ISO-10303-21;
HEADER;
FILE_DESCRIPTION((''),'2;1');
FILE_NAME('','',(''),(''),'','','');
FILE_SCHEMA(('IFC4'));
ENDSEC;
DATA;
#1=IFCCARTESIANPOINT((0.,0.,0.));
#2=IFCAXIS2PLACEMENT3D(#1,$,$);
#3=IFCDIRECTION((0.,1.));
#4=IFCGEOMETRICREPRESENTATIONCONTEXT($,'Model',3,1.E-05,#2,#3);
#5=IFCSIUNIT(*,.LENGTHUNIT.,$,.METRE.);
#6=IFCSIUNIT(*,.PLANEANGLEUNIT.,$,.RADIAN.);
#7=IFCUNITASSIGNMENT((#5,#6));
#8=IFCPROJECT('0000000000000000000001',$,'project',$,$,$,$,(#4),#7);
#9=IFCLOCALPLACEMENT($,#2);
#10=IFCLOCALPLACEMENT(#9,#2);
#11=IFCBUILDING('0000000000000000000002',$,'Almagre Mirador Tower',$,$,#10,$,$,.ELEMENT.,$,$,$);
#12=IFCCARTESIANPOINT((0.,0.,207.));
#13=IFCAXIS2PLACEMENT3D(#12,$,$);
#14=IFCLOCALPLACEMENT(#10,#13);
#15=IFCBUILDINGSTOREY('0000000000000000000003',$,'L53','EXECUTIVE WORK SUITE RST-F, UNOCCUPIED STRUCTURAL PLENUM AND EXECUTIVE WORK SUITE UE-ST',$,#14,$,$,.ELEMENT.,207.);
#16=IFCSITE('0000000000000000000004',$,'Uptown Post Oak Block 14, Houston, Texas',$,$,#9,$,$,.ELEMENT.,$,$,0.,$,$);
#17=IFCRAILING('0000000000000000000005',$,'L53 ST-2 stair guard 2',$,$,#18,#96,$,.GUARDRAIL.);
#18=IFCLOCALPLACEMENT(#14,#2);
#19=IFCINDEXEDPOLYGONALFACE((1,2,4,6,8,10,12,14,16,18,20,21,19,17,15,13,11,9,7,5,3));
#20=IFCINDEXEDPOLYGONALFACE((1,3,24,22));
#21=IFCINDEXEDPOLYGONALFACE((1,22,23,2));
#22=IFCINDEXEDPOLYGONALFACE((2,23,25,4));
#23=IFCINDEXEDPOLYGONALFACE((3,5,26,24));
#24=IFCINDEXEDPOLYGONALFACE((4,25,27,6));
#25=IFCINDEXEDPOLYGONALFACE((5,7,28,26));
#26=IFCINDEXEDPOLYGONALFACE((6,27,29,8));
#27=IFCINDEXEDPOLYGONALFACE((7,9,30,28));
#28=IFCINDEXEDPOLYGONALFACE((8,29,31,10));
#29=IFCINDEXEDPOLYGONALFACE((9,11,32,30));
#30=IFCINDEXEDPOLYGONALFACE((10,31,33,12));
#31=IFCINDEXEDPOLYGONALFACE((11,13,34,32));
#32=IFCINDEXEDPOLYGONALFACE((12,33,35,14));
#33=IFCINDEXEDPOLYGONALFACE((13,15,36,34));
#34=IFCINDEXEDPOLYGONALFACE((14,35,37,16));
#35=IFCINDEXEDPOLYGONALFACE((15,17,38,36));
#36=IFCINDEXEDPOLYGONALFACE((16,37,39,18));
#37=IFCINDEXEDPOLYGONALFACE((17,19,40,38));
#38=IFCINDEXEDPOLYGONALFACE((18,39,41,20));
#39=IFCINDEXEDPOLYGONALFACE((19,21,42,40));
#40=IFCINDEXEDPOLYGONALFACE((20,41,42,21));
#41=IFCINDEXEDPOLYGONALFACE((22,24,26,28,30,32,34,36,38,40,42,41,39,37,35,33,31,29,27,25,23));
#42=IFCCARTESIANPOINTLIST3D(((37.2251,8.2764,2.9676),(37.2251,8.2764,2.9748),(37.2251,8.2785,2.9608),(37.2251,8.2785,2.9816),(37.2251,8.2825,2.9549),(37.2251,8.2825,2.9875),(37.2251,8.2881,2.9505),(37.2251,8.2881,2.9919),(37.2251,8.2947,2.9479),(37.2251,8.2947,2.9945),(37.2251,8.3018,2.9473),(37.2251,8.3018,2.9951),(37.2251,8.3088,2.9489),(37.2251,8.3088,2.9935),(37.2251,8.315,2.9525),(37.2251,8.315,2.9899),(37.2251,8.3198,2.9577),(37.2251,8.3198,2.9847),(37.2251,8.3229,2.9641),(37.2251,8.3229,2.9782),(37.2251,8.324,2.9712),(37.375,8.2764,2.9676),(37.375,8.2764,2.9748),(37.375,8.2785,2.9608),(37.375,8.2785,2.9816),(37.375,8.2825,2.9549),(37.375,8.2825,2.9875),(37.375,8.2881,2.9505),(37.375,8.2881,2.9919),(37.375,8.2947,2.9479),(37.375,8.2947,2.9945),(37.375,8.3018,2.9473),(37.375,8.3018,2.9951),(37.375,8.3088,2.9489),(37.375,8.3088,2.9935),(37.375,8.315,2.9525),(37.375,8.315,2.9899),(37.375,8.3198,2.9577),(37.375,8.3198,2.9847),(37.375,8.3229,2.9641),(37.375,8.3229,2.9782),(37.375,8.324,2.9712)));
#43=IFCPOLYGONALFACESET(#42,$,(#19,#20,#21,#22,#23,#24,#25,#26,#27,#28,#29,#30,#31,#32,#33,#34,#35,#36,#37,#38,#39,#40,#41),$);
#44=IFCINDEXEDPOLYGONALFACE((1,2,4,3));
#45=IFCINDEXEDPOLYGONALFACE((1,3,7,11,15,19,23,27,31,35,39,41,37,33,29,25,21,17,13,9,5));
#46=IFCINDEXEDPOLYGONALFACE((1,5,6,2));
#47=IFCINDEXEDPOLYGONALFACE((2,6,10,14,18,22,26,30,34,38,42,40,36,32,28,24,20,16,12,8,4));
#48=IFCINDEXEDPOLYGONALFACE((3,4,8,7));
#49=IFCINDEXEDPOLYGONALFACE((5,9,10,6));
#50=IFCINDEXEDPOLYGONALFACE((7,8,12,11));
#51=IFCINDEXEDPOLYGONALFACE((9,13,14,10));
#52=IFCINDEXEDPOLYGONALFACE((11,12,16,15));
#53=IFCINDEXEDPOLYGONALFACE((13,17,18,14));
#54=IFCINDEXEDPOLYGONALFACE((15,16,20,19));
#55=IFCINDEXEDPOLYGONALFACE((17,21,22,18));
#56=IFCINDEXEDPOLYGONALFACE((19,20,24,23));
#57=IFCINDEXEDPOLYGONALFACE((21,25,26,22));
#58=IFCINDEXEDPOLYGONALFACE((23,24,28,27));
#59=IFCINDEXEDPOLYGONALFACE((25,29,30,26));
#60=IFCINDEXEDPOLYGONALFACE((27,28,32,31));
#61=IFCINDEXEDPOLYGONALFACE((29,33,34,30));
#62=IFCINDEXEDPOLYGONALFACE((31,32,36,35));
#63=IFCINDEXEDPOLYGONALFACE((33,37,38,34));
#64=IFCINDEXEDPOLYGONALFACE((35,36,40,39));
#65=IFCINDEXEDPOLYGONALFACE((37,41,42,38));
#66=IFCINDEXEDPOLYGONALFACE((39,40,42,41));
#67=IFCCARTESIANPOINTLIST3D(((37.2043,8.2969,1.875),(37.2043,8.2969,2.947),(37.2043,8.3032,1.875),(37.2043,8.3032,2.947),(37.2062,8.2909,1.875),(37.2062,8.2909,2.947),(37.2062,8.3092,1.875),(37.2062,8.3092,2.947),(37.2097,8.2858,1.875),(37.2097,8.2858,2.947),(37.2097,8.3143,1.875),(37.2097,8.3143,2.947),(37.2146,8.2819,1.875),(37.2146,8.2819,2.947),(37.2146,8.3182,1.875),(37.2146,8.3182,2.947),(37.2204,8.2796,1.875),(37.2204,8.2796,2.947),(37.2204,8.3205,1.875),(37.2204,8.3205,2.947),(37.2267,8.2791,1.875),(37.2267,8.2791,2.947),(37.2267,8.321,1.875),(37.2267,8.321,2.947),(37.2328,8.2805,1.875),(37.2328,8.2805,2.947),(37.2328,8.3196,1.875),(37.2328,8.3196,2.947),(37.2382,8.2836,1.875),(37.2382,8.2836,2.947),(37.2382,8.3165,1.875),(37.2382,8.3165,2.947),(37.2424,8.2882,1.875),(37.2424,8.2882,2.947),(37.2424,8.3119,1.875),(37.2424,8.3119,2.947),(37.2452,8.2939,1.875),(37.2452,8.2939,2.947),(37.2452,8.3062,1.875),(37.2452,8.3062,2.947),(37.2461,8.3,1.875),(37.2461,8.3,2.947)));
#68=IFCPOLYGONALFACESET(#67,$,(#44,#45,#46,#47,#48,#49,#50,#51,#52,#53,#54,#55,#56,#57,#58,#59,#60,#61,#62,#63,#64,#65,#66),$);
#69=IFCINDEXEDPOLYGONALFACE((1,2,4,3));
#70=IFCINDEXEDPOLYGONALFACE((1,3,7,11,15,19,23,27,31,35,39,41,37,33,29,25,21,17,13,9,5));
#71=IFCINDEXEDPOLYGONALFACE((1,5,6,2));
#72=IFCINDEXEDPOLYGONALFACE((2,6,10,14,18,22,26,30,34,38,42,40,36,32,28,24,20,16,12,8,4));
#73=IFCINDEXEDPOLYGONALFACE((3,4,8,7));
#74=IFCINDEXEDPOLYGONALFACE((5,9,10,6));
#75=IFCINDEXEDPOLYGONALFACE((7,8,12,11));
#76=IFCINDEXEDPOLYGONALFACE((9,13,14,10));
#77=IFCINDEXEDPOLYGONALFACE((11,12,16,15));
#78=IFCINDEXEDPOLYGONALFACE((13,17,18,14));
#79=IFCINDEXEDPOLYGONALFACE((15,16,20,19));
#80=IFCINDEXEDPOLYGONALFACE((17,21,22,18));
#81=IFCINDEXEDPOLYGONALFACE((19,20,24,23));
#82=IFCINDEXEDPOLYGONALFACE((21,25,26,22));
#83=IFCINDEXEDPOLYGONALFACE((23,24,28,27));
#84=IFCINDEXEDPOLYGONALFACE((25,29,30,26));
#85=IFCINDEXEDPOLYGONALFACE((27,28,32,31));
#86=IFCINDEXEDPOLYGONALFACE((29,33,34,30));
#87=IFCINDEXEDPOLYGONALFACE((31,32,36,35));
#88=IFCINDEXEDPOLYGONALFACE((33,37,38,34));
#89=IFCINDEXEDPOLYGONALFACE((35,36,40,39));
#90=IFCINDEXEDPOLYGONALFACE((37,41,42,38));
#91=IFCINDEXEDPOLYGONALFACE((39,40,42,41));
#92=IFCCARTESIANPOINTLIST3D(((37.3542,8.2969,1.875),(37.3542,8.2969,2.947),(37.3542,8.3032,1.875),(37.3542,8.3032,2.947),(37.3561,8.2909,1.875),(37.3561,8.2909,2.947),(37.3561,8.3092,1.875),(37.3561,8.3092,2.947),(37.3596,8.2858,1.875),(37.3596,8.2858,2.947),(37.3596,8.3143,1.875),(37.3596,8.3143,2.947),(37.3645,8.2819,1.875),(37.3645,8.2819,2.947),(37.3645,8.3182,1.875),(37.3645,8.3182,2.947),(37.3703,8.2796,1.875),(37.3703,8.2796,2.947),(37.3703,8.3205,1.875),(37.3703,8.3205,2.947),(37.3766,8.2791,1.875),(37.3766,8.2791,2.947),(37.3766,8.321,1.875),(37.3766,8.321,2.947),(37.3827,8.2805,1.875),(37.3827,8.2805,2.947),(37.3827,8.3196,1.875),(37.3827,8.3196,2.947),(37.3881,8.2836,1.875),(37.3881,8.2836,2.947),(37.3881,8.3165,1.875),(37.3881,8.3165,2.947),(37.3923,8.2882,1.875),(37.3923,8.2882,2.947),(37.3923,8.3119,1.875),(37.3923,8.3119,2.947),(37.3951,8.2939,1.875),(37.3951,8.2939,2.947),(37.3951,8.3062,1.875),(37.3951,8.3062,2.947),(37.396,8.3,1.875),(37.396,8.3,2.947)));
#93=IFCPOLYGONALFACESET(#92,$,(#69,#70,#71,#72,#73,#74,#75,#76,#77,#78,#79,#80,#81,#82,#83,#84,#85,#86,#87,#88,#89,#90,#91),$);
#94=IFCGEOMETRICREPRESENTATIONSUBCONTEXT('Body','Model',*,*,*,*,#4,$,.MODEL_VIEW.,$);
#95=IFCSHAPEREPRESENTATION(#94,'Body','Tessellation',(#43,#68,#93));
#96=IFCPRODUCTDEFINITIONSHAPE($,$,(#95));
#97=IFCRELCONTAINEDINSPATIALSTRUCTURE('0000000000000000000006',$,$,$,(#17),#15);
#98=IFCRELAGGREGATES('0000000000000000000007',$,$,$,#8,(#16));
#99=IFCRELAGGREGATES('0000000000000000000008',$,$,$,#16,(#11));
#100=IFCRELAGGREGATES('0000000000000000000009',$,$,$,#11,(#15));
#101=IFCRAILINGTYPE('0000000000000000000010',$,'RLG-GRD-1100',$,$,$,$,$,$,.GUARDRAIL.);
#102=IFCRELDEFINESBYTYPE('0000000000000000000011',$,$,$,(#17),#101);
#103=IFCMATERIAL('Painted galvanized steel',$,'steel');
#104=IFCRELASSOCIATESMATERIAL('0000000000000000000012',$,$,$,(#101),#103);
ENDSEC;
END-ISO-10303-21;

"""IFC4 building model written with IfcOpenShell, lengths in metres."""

from ifc_helpers import new_model, si_unit, direction, frame, origin, origin_2d, place, context, subcontext, project, spatial, circle, extrude, material, type_object, element, save


model = new_model("IFC4")

# Units and contexts
model_context = context("Model", 3, precision=1e-05, world=origin(), true_north=direction((0.0, 1.0)))
body_context = subcontext(model_context, "Body", "Model", "MODEL_VIEW")
ifc_project = project(units=[si_unit("LENGTHUNIT", "METRE"), si_unit("PLANEANGLEUNIT", "RADIAN")], contexts=[model_context])

# Site, building, storey
site_placement = place(None, origin())
site = spatial("IfcSite", under=ifc_project, at=site_placement, Name="Uptown Post Oak Block 14, Houston, Texas", CompositionType="ELEMENT", RefElevation=0.0)
building_placement = place(site_placement, origin())
building = spatial("IfcBuilding", under=site, at=building_placement, Name="Almagre Mirador Tower", CompositionType="ELEMENT")
storey_placement = place(building_placement, frame((0.0, 0.0, 207.0)))
storey = spatial("IfcBuildingStorey", under=building, at=storey_placement, Name="L53", Description="EXECUTIVE WORK SUITE RST-F, UNOCCUPIED STRUCTURAL PLENUM AND EXECUTIVE WORK SUITE UE-ST", CompositionType="ELEMENT", Elevation=207.0)

# Railing
ifc_material_1 = material(Name="Painted galvanized steel", Category="steel")
railing_type_1 = type_object("IfcRailingType", Name="RLG-GRD-1100", PredefinedType="GUARDRAIL", material=ifc_material_1)
railing_1_placement = place(storey_placement, frame((37.2251, 8.3, 1.875)))
element("IfcRailing", 1, at=railing_1_placement, inside=storey, type_object=railing_type_1, Name="L53 ST-2 stair guard 2", PredefinedType="GUARDRAIL", context=body_context, shape_type="SweptSolid", body=[
    extrude(circle(Radius=0.0239, at=origin_2d()), frame((0.0, 0.0, 1.0962), z_axis=(1.0, 0.0, 0.0), x_axis=(0.0, 1.0, 0.0)), (0.0, 0.0, 1.0), 0.1499),
    extrude(circle(Radius=0.021, at=origin_2d()), origin(), (0.0, 0.0, 1.0), 1.072),
    extrude(circle(Radius=0.021, at=origin_2d()), frame((0.1499, 0.0, 0.0)), (0.0, 0.0, 1.0), 1.072),
])

save(model, "model.ifc")
